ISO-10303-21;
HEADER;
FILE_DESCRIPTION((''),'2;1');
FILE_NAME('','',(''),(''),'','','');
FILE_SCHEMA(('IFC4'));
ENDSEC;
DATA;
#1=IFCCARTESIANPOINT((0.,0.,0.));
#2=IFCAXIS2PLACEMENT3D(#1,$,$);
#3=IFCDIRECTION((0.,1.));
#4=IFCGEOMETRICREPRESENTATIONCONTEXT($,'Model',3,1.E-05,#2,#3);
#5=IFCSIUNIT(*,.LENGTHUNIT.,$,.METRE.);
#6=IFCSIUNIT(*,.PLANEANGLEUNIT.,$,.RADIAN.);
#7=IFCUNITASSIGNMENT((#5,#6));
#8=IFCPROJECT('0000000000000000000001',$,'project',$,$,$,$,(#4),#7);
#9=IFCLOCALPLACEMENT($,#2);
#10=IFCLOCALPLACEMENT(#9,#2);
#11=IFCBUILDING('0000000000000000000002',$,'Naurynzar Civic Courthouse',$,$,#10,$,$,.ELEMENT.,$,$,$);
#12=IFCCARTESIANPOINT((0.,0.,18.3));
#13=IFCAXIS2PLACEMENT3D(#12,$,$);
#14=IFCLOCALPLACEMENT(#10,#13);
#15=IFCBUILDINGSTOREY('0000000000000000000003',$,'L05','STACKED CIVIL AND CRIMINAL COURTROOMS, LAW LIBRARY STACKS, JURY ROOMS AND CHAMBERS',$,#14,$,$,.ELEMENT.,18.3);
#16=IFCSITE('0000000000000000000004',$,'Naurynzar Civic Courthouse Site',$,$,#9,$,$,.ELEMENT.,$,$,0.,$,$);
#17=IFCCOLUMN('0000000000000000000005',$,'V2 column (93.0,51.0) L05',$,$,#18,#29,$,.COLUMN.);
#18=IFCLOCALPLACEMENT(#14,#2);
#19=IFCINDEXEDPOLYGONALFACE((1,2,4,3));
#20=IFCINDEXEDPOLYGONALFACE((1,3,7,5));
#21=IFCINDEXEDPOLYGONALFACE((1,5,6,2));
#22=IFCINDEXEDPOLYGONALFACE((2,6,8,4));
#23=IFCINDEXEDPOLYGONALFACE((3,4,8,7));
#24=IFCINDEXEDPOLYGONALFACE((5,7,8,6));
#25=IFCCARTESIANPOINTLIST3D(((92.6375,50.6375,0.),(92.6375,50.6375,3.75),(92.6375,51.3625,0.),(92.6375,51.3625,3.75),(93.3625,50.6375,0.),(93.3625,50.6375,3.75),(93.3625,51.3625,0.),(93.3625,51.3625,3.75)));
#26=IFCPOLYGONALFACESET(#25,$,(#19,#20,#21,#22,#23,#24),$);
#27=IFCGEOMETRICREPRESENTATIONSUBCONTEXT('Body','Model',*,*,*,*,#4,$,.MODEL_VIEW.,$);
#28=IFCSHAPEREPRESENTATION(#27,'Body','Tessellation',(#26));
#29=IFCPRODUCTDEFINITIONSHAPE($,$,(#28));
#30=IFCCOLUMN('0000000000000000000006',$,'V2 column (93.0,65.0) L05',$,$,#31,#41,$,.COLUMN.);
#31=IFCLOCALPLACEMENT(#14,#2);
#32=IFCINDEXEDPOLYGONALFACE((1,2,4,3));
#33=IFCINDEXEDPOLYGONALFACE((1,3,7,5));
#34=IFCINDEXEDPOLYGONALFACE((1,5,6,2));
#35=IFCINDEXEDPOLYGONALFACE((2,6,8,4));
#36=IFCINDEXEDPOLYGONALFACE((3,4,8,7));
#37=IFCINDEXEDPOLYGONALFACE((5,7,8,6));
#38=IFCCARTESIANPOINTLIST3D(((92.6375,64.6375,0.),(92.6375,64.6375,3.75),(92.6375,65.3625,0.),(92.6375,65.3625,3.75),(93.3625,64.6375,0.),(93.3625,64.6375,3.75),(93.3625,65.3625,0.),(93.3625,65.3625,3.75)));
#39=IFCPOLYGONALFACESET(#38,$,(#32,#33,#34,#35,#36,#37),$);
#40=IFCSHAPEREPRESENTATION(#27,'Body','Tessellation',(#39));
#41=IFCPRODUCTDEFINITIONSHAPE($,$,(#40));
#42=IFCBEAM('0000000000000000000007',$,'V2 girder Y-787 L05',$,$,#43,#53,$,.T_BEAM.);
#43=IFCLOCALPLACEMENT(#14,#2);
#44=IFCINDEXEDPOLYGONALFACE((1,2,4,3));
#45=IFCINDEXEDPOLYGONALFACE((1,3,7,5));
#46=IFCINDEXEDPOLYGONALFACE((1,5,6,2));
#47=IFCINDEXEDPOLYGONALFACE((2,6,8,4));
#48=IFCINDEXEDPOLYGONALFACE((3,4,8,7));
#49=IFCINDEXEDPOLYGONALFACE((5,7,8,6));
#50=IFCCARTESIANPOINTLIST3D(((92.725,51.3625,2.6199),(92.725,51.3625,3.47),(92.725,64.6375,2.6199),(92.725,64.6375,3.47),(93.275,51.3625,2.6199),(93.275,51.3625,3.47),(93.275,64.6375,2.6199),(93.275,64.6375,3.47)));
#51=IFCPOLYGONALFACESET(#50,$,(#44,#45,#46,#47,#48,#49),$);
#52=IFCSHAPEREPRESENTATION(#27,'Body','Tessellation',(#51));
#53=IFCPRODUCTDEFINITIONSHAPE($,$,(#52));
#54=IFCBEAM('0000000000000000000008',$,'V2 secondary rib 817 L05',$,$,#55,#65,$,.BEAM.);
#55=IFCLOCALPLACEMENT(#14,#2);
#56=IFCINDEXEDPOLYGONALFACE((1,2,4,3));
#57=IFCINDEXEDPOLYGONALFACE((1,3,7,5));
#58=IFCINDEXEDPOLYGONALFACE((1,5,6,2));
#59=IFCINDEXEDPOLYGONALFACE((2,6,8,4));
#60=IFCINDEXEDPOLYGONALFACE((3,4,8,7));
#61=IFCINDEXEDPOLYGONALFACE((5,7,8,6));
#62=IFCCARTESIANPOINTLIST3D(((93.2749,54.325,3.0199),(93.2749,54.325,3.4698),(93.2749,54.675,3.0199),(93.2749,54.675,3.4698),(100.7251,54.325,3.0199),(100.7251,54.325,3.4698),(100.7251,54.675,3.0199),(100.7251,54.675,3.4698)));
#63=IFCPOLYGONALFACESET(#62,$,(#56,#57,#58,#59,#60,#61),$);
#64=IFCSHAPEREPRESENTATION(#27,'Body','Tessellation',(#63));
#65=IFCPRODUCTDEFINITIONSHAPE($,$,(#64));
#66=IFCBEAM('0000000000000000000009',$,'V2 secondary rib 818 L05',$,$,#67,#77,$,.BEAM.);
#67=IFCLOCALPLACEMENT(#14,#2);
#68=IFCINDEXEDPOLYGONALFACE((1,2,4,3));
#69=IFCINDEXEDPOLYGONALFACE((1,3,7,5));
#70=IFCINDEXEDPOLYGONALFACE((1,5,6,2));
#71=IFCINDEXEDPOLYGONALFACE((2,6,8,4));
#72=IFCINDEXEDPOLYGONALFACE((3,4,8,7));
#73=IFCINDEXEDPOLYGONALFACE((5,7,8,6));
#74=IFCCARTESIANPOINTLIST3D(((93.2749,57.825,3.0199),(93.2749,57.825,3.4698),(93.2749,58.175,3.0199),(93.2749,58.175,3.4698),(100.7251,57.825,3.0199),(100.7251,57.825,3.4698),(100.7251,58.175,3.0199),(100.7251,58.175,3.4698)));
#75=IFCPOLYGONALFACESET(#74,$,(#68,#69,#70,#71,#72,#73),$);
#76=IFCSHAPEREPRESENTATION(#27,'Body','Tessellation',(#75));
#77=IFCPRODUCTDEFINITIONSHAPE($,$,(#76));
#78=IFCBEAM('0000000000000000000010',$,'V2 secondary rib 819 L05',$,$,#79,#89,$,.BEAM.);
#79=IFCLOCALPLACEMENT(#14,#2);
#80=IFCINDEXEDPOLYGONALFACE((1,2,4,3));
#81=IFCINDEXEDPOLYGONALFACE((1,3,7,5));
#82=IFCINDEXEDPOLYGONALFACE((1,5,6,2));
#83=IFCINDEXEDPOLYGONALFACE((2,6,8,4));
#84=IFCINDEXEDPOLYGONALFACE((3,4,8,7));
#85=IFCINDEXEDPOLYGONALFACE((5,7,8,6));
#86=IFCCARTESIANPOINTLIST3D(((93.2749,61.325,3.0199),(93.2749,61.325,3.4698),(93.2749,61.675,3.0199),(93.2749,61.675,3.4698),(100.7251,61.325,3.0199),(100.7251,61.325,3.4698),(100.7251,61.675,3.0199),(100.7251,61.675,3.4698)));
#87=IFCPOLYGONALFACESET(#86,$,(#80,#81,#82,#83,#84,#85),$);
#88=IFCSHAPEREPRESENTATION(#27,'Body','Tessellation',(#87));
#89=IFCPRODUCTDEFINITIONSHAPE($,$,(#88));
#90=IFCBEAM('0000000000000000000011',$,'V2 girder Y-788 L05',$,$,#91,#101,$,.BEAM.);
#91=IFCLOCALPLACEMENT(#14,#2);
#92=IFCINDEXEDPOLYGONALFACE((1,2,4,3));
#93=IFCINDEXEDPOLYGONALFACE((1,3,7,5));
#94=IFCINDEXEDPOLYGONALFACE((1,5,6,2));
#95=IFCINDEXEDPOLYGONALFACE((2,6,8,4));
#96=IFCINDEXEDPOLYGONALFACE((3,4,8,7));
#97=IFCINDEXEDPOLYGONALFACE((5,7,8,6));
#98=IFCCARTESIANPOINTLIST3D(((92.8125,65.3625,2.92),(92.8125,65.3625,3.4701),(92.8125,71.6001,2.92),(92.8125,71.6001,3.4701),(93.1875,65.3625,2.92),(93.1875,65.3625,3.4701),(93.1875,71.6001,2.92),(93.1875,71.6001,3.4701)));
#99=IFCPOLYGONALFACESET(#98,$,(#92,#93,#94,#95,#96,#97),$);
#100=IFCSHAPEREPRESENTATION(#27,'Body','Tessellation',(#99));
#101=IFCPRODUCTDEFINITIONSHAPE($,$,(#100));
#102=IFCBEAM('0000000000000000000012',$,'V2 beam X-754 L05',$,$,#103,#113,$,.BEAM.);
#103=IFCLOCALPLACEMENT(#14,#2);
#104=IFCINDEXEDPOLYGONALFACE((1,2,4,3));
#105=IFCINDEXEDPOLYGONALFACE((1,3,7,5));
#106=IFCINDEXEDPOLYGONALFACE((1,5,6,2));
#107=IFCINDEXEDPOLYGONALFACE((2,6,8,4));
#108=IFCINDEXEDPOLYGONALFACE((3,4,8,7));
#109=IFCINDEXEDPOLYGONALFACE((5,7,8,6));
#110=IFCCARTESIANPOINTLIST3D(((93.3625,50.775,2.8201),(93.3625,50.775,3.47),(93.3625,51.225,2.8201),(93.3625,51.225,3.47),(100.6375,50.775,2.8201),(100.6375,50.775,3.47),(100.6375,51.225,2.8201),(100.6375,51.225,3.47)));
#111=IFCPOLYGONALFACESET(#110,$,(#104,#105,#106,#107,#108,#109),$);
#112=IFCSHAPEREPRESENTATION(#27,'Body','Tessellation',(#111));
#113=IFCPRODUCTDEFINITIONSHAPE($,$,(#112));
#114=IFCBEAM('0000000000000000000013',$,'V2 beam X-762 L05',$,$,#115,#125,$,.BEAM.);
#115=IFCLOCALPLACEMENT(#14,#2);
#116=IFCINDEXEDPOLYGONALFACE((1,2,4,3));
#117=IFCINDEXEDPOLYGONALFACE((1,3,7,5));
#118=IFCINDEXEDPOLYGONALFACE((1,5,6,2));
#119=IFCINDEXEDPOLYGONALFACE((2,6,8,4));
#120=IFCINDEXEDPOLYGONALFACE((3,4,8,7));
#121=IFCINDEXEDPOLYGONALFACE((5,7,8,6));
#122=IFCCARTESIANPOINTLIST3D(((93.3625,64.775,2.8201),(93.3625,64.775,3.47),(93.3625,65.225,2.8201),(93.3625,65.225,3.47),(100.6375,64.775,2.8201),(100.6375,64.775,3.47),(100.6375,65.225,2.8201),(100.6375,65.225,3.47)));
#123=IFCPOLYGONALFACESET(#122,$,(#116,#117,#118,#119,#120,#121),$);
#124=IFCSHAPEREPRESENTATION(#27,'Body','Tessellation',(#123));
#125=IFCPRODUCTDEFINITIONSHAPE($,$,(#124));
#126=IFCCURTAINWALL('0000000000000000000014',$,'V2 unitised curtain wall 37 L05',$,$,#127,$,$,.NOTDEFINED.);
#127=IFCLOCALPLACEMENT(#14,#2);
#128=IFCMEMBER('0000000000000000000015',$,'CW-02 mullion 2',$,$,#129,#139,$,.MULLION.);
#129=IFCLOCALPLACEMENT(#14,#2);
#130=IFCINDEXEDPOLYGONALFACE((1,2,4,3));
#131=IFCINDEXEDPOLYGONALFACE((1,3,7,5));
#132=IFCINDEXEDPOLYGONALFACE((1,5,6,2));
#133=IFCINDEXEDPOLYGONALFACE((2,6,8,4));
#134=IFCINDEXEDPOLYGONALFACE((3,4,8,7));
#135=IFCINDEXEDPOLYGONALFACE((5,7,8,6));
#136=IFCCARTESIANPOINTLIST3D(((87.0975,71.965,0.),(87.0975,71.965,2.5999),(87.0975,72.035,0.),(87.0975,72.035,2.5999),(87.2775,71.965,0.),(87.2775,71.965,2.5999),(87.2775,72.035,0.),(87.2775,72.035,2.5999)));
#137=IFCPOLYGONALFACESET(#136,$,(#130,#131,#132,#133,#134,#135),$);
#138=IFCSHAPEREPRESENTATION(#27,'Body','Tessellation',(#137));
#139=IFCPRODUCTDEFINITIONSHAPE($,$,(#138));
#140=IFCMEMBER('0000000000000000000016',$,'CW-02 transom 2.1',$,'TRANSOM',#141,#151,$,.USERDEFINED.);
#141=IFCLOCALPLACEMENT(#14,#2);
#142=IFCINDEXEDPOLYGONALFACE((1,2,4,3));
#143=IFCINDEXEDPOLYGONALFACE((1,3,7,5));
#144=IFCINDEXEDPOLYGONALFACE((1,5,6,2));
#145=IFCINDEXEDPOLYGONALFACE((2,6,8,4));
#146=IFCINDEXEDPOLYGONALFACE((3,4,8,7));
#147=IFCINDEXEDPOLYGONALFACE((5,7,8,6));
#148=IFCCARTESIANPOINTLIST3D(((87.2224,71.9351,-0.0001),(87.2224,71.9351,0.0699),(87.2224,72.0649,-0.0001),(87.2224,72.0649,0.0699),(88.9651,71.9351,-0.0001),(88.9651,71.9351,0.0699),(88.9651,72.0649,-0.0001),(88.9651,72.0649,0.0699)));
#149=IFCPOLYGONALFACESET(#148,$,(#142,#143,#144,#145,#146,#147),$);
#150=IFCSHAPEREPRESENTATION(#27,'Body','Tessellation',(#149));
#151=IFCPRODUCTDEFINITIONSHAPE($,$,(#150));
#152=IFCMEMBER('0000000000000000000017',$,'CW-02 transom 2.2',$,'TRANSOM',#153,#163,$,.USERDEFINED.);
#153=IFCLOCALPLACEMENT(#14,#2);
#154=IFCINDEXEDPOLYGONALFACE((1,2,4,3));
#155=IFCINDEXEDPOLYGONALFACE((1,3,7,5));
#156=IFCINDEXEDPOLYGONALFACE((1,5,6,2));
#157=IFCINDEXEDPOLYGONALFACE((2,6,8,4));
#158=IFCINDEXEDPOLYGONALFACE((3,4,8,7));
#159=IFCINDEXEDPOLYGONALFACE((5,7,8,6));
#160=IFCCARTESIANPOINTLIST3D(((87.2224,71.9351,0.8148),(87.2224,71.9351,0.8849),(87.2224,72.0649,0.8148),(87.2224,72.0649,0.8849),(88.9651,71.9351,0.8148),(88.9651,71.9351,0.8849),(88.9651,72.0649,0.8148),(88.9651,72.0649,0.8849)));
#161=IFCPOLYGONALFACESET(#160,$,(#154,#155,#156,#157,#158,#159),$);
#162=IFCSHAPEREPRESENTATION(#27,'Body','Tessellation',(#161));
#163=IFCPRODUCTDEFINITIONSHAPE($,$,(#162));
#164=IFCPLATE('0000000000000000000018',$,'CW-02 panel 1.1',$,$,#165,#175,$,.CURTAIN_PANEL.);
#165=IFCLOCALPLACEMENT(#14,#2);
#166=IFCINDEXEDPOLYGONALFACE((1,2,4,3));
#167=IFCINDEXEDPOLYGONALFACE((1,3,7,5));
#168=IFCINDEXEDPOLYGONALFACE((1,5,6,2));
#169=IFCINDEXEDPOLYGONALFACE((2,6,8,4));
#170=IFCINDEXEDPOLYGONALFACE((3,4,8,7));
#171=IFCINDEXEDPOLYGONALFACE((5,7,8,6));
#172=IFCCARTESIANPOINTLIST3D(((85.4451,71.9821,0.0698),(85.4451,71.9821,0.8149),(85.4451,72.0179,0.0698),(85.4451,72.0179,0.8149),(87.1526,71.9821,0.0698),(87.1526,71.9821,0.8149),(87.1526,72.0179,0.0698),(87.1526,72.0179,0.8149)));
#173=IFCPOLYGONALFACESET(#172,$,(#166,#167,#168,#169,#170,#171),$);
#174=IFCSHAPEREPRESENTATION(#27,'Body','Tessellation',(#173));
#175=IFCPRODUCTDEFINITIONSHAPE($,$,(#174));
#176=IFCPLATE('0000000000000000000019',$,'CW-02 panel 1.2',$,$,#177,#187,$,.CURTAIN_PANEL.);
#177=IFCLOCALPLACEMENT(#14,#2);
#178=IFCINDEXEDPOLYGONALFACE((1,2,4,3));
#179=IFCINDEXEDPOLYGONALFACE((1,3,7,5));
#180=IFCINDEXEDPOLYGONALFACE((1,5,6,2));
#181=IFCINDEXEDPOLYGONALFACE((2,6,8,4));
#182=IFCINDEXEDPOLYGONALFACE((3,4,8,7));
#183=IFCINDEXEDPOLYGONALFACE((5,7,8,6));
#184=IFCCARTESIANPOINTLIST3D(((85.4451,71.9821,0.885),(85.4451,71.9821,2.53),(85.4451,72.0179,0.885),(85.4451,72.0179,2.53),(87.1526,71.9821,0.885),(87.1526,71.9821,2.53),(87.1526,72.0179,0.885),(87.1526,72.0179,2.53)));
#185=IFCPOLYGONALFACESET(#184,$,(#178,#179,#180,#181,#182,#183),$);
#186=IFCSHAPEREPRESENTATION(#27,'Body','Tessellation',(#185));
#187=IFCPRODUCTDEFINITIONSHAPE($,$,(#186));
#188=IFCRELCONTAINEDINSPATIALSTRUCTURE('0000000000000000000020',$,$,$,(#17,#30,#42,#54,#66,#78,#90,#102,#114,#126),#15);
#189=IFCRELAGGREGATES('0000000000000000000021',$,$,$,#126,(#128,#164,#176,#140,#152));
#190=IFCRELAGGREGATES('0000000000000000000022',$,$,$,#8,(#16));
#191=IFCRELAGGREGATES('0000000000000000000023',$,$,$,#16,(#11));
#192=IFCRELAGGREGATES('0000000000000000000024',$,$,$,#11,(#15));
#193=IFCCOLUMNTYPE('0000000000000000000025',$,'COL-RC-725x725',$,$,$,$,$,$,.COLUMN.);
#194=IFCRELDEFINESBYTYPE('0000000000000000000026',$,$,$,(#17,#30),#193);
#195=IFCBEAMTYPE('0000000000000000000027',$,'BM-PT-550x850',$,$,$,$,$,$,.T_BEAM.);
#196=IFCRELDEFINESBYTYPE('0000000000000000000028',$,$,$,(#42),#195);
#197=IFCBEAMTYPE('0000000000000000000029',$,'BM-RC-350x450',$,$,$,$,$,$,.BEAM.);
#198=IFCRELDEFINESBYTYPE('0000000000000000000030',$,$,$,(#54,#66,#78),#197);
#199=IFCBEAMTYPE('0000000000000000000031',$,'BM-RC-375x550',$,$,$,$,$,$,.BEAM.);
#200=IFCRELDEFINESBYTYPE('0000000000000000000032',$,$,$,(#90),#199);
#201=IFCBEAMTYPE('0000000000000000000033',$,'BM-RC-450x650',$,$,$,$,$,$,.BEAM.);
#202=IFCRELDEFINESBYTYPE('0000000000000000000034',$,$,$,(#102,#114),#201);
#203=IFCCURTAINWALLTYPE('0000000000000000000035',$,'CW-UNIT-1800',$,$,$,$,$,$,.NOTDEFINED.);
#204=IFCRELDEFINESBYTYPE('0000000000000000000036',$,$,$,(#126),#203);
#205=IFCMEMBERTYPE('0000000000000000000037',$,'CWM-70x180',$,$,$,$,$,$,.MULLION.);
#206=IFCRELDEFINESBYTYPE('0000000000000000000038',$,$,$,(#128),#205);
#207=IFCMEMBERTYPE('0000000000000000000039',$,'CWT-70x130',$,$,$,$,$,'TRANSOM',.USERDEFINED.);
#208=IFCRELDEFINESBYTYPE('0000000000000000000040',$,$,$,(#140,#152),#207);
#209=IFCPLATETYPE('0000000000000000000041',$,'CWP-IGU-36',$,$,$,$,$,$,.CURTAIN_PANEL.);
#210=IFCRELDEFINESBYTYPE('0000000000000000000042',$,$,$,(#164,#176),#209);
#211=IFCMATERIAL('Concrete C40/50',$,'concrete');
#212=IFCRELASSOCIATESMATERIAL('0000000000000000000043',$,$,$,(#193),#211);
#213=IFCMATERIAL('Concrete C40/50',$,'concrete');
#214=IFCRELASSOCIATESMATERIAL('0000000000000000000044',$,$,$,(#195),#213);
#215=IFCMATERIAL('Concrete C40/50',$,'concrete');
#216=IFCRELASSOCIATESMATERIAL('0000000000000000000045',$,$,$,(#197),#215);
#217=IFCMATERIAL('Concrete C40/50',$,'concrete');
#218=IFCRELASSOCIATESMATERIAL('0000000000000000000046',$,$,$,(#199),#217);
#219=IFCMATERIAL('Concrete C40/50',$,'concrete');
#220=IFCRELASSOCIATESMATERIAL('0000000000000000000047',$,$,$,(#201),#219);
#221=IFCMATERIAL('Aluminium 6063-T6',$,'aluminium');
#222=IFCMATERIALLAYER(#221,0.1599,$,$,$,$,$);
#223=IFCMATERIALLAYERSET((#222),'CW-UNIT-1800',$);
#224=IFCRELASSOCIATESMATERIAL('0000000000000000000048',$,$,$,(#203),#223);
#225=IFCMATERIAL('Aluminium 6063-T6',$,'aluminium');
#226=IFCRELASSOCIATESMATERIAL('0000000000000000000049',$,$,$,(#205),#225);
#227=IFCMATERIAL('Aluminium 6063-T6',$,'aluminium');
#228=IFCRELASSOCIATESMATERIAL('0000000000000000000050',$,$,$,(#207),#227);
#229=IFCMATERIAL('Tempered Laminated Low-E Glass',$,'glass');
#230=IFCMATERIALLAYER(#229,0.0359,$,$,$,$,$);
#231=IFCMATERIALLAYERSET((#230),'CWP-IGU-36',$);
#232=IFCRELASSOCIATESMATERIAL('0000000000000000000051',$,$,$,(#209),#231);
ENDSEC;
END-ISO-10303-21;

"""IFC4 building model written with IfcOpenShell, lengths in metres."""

from ifc_helpers import new_model, si_unit, direction, frame, origin, origin_2d, place, context, subcontext, project, spatial, rectangle, extrude, material, layer, layer_set, material_profile, profile_set, type_object, element, aggregate, save


model = new_model("IFC4")

# Units and contexts
model_context = context("Model", 3, precision=1e-05, world=origin(), true_north=direction((0.0, 1.0)))
body_context = subcontext(model_context, "Body", "Model", "MODEL_VIEW")
ifc_project = project(units=[si_unit("LENGTHUNIT", "METRE"), si_unit("PLANEANGLEUNIT", "RADIAN")], contexts=[model_context])

# Site, building, storey
site_placement = place(None, origin())
site = spatial("IfcSite", under=ifc_project, at=site_placement, Name="Naurynzar Civic Courthouse Site", CompositionType="ELEMENT", RefElevation=0.0)
building_placement = place(site_placement, origin())
building = spatial("IfcBuilding", under=site, at=building_placement, Name="Naurynzar Civic Courthouse", CompositionType="ELEMENT")
storey_placement = place(building_placement, frame((0.0, 0.0, 18.3)))
storey = spatial("IfcBuildingStorey", under=building, at=storey_placement, Name="L05", Description="STACKED CIVIL AND CRIMINAL COURTROOMS, LAW LIBRARY STACKS, JURY ROOMS AND CHAMBERS", CompositionType="ELEMENT", Elevation=18.3)

# Columns
ifc_material_1 = material(Name="Concrete C40/50", Category="concrete")
ifc_material_profile_1 = material_profile(ifc_material_1, rectangle(XDim=0.7251, YDim=0.7251, at=origin_2d()), Name="RC 725x725")
ifc_profile_set_1 = profile_set([ifc_material_profile_1], Name="Concrete C40/50")
column_type = type_object("IfcColumnType", Name="COL-RC-725x725", PredefinedType="COLUMN", material=ifc_profile_set_1)
for number, where, z_axis, x_axis, name in (
    (1, (93.0, 51.0, 0.0), (0.0, 0.0, 1.0), (1.0, 0.0, 0.0), "V2 column (93.0,51.0) L05"),
    (2, (93.0, 65.0, 0.0), (0.0, 0.0, 1.0), (1.0, 0.0, 0.0), "V2 column (93.0,65.0) L05"),
):
    element("IfcColumn", number, at=place(storey_placement, frame(where, z_axis=z_axis, x_axis=x_axis)), inside=storey, type_object=column_type, Name=name, PredefinedType="COLUMN", context=body_context, shape_type="SweptSolid", body=[
        extrude(rectangle(XDim=0.7251, YDim=0.7251, at=origin_2d()), origin(), (0.0, 0.0, 1.0), 3.75),
    ])

# Beams
ifc_material_2 = material(Name="Concrete C40/50", Category="concrete")
ifc_material_profile_2 = material_profile(ifc_material_2, rectangle(XDim=0.55, YDim=0.8501, at=origin_2d()), Name="PTB 550x850")
ifc_profile_set_2 = profile_set([ifc_material_profile_2], Name="Concrete C40/50")
beam_type_1 = type_object("IfcBeamType", Name="BM-PT-550x850", PredefinedType="T_BEAM", material=ifc_profile_set_2)
beam_1_placement = place(storey_placement, frame((93.0, 51.3625, 3.0449), z_axis=(0.0, 1.0, 0.0), x_axis=(-1.0, 0.0, 0.0)))
element("IfcBeam", 3, at=beam_1_placement, inside=storey, type_object=beam_type_1, Name="V2 girder Y-787 L05", PredefinedType="T_BEAM", context=body_context, shape_type="SweptSolid", body=[
    extrude(rectangle(XDim=0.55, YDim=0.8501, at=origin_2d()), origin(), (0.0, 0.0, 1.0), 13.2749),
])
ifc_material_3 = material(Name="Concrete C40/50", Category="concrete")
ifc_material_profile_3 = material_profile(ifc_material_3, rectangle(XDim=0.3501, YDim=0.45, at=origin_2d()), Name="RCB 350x450")
ifc_profile_set_3 = profile_set([ifc_material_profile_3], Name="Concrete C40/50")
beam_type_2 = type_object("IfcBeamType", Name="BM-RC-350x450", PredefinedType="BEAM", material=ifc_profile_set_3)
for number, where, z_axis, x_axis, name in (
    (4, (93.2749, 54.5, 3.2449), (1.0, 0.0, 0.0), (0.0, 1.0, 0.0), "V2 secondary rib 817 L05"),
    (5, (93.2749, 58.0, 3.2449), (1.0, 0.0, 0.0), (0.0, 1.0, 0.0), "V2 secondary rib 818 L05"),
    (6, (93.2749, 61.5, 3.2449), (1.0, 0.0, 0.0), (0.0, 1.0, 0.0), "V2 secondary rib 819 L05"),
):
    element("IfcBeam", number, at=place(storey_placement, frame(where, z_axis=z_axis, x_axis=x_axis)), inside=storey, type_object=beam_type_2, Name=name, PredefinedType="BEAM", context=body_context, shape_type="SweptSolid", body=[
        extrude(rectangle(XDim=0.3501, YDim=0.45, at=origin_2d()), origin(), (0.0, 0.0, 1.0), 7.4502),
    ])
ifc_material_4 = material(Name="Concrete C40/50", Category="concrete")
ifc_material_profile_4 = material_profile(ifc_material_4, rectangle(XDim=0.375, YDim=0.55, at=origin_2d()), Name="RCB 375x550")
ifc_profile_set_4 = profile_set([ifc_material_profile_4], Name="Concrete C40/50")
beam_type_3 = type_object("IfcBeamType", Name="BM-RC-375x550", PredefinedType="BEAM", material=ifc_profile_set_4)
beam_2_placement = place(storey_placement, frame((93.0, 65.3625, 3.1951), z_axis=(0.0, 1.0, 0.0), x_axis=(-1.0, 0.0, 0.0)))
element("IfcBeam", 7, at=beam_2_placement, inside=storey, type_object=beam_type_3, Name="V2 girder Y-788 L05", PredefinedType="BEAM", context=body_context, shape_type="SweptSolid", body=[
    extrude(rectangle(XDim=0.375, YDim=0.55, at=origin_2d()), origin(), (0.0, 0.0, 1.0), 6.2375),
])
ifc_material_5 = material(Name="Concrete C40/50", Category="concrete")
ifc_material_profile_5 = material_profile(ifc_material_5, rectangle(XDim=0.45, YDim=0.6499, at=origin_2d()), Name="RCB 450x650")
ifc_profile_set_5 = profile_set([ifc_material_profile_5], Name="Concrete C40/50")
beam_type_4 = type_object("IfcBeamType", Name="BM-RC-450x650", PredefinedType="BEAM", material=ifc_profile_set_5)
for number, where, z_axis, x_axis, name in (
    (8, (93.3625, 51.0, 3.145), (1.0, 0.0, 0.0), (0.0, 1.0, 0.0), "V2 beam X-754 L05"),
    (9, (93.3625, 65.0, 3.145), (1.0, 0.0, 0.0), (0.0, 1.0, 0.0), "V2 beam X-762 L05"),
):
    element("IfcBeam", number, at=place(storey_placement, frame(where, z_axis=z_axis, x_axis=x_axis)), inside=storey, type_object=beam_type_4, Name=name, PredefinedType="BEAM", context=body_context, shape_type="SweptSolid", body=[
        extrude(rectangle(XDim=0.45, YDim=0.6499, at=origin_2d()), origin(), (0.0, 0.0, 1.0), 7.2749),
    ])

# Curtain wall, members, plates
ifc_material_6 = material(Name="Aluminium 6063-T6", Category="aluminium")
ifc_layer_1 = layer(ifc_material_6, 0.1599)
ifc_layer_set_1 = layer_set([ifc_layer_1], Name="CW-UNIT-1800")
curtain_wall_type = type_object("IfcCurtainWallType", Name="CW-UNIT-1800", PredefinedType="NOTDEFINED", material=ifc_layer_set_1)
curtain_wall_placement = place(storey_placement, origin())
curtain_wall = element("IfcCurtainWall", 10, at=curtain_wall_placement, inside=storey, type_object=curtain_wall_type, Name="V2 unitised curtain wall 37 L05", PredefinedType="NOTDEFINED")
ifc_material_7 = material(Name="Aluminium 6063-T6", Category="aluminium")
ifc_material_profile_6 = material_profile(ifc_material_7, rectangle(XDim=0.0701, YDim=0.1799, at=origin_2d()), Name="ALU MULLION 70x180")
ifc_profile_set_6 = profile_set([ifc_material_profile_6], Name="Aluminium 6063-T6")
member_type_1 = type_object("IfcMemberType", Name="CWM-70x180", PredefinedType="MULLION", material=ifc_profile_set_6)
member_1_placement = place(storey_placement, frame((87.1875, 72.0, 0.0), z_axis=(0.0, 0.0, 1.0), x_axis=(0.0, 1.0, 0.0)))
member_1 = element("IfcMember", 11, at=member_1_placement, type_object=member_type_1, Name="CW-02 mullion 2", PredefinedType="MULLION", context=body_context, shape_type="SweptSolid", body=[
    extrude(rectangle(XDim=0.0701, YDim=0.1799, at=origin_2d()), origin(), (0.0, 0.0, 1.0), 2.5999),
])
ifc_material_8 = material(Name="Aluminium 6063-T6", Category="aluminium")
ifc_material_profile_7 = material_profile(ifc_material_8, rectangle(XDim=0.1299, YDim=0.0701, at=origin_2d()), Name="ALU TRANSOM 70x130")
ifc_profile_set_7 = profile_set([ifc_material_profile_7], Name="Aluminium 6063-T6")
member_type_2 = type_object("IfcMemberType", Name="CWT-70x130", ElementType="TRANSOM", PredefinedType="USERDEFINED", material=ifc_profile_set_7)
member_2_placement = place(storey_placement, frame((87.2224, 72.0, 0.0349), z_axis=(1.0, 0.0, 0.0), x_axis=(0.0, 1.0, 0.0)))
member_2 = element("IfcMember", 12, at=member_2_placement, type_object=member_type_2, Name="CW-02 transom 2.1", ObjectType="TRANSOM", PredefinedType="USERDEFINED", context=body_context, shape_type="SweptSolid", body=[
    extrude(rectangle(XDim=0.1299, YDim=0.0701, at=origin_2d()), origin(), (0.0, 0.0, 1.0), 1.7427),
])
member_3_placement = place(storey_placement, frame((87.2224, 72.0, 0.8499), z_axis=(1.0, 0.0, 0.0), x_axis=(0.0, 1.0, 0.0)))
member_3 = element("IfcMember", 13, at=member_3_placement, type_object=member_type_2, Name="CW-02 transom 2.2", ObjectType="TRANSOM", PredefinedType="USERDEFINED", context=body_context, shape_type="SweptSolid", body=[
    extrude(rectangle(XDim=0.1299, YDim=0.0701, at=origin_2d()), origin(), (0.0, 0.0, 1.0), 1.7427),
])
ifc_material_9 = material(Name="Tempered Laminated Low-E Glass", Category="glass")
ifc_layer_2 = layer(ifc_material_9, 0.0359)
ifc_layer_set_2 = layer_set([ifc_layer_2], Name="CWP-IGU-36")
plate_type = type_object("IfcPlateType", Name="CWP-IGU-36", PredefinedType="CURTAIN_PANEL", material=ifc_layer_set_2)
plate_1_placement = place(storey_placement, frame((86.2988, 72.0, 0.0698), z_axis=(0.0, 0.0, 1.0), x_axis=(1.0, 0.0, 0.0)))
plate_1 = element("IfcPlate", 14, at=plate_1_placement, type_object=plate_type, Name="CW-02 panel 1.1", PredefinedType="CURTAIN_PANEL", context=body_context, shape_type="SweptSolid", body=[
    extrude(rectangle(XDim=1.7075, YDim=0.0359, at=origin_2d()), origin(), (0.0, 0.0, 1.0), 0.7451),
])
plate_2_placement = place(storey_placement, frame((86.2988, 72.0, 0.885), z_axis=(0.0, 0.0, 1.0), x_axis=(1.0, 0.0, 0.0)))
plate_2 = element("IfcPlate", 15, at=plate_2_placement, type_object=plate_type, Name="CW-02 panel 1.2", PredefinedType="CURTAIN_PANEL", context=body_context, shape_type="SweptSolid", body=[
    extrude(rectangle(XDim=1.7075, YDim=0.0359, at=origin_2d()), origin(), (0.0, 0.0, 1.0), 1.645),
])
aggregate(curtain_wall, [member_1, plate_1, plate_2, member_2, member_3])

save(model, "model.ifc")
